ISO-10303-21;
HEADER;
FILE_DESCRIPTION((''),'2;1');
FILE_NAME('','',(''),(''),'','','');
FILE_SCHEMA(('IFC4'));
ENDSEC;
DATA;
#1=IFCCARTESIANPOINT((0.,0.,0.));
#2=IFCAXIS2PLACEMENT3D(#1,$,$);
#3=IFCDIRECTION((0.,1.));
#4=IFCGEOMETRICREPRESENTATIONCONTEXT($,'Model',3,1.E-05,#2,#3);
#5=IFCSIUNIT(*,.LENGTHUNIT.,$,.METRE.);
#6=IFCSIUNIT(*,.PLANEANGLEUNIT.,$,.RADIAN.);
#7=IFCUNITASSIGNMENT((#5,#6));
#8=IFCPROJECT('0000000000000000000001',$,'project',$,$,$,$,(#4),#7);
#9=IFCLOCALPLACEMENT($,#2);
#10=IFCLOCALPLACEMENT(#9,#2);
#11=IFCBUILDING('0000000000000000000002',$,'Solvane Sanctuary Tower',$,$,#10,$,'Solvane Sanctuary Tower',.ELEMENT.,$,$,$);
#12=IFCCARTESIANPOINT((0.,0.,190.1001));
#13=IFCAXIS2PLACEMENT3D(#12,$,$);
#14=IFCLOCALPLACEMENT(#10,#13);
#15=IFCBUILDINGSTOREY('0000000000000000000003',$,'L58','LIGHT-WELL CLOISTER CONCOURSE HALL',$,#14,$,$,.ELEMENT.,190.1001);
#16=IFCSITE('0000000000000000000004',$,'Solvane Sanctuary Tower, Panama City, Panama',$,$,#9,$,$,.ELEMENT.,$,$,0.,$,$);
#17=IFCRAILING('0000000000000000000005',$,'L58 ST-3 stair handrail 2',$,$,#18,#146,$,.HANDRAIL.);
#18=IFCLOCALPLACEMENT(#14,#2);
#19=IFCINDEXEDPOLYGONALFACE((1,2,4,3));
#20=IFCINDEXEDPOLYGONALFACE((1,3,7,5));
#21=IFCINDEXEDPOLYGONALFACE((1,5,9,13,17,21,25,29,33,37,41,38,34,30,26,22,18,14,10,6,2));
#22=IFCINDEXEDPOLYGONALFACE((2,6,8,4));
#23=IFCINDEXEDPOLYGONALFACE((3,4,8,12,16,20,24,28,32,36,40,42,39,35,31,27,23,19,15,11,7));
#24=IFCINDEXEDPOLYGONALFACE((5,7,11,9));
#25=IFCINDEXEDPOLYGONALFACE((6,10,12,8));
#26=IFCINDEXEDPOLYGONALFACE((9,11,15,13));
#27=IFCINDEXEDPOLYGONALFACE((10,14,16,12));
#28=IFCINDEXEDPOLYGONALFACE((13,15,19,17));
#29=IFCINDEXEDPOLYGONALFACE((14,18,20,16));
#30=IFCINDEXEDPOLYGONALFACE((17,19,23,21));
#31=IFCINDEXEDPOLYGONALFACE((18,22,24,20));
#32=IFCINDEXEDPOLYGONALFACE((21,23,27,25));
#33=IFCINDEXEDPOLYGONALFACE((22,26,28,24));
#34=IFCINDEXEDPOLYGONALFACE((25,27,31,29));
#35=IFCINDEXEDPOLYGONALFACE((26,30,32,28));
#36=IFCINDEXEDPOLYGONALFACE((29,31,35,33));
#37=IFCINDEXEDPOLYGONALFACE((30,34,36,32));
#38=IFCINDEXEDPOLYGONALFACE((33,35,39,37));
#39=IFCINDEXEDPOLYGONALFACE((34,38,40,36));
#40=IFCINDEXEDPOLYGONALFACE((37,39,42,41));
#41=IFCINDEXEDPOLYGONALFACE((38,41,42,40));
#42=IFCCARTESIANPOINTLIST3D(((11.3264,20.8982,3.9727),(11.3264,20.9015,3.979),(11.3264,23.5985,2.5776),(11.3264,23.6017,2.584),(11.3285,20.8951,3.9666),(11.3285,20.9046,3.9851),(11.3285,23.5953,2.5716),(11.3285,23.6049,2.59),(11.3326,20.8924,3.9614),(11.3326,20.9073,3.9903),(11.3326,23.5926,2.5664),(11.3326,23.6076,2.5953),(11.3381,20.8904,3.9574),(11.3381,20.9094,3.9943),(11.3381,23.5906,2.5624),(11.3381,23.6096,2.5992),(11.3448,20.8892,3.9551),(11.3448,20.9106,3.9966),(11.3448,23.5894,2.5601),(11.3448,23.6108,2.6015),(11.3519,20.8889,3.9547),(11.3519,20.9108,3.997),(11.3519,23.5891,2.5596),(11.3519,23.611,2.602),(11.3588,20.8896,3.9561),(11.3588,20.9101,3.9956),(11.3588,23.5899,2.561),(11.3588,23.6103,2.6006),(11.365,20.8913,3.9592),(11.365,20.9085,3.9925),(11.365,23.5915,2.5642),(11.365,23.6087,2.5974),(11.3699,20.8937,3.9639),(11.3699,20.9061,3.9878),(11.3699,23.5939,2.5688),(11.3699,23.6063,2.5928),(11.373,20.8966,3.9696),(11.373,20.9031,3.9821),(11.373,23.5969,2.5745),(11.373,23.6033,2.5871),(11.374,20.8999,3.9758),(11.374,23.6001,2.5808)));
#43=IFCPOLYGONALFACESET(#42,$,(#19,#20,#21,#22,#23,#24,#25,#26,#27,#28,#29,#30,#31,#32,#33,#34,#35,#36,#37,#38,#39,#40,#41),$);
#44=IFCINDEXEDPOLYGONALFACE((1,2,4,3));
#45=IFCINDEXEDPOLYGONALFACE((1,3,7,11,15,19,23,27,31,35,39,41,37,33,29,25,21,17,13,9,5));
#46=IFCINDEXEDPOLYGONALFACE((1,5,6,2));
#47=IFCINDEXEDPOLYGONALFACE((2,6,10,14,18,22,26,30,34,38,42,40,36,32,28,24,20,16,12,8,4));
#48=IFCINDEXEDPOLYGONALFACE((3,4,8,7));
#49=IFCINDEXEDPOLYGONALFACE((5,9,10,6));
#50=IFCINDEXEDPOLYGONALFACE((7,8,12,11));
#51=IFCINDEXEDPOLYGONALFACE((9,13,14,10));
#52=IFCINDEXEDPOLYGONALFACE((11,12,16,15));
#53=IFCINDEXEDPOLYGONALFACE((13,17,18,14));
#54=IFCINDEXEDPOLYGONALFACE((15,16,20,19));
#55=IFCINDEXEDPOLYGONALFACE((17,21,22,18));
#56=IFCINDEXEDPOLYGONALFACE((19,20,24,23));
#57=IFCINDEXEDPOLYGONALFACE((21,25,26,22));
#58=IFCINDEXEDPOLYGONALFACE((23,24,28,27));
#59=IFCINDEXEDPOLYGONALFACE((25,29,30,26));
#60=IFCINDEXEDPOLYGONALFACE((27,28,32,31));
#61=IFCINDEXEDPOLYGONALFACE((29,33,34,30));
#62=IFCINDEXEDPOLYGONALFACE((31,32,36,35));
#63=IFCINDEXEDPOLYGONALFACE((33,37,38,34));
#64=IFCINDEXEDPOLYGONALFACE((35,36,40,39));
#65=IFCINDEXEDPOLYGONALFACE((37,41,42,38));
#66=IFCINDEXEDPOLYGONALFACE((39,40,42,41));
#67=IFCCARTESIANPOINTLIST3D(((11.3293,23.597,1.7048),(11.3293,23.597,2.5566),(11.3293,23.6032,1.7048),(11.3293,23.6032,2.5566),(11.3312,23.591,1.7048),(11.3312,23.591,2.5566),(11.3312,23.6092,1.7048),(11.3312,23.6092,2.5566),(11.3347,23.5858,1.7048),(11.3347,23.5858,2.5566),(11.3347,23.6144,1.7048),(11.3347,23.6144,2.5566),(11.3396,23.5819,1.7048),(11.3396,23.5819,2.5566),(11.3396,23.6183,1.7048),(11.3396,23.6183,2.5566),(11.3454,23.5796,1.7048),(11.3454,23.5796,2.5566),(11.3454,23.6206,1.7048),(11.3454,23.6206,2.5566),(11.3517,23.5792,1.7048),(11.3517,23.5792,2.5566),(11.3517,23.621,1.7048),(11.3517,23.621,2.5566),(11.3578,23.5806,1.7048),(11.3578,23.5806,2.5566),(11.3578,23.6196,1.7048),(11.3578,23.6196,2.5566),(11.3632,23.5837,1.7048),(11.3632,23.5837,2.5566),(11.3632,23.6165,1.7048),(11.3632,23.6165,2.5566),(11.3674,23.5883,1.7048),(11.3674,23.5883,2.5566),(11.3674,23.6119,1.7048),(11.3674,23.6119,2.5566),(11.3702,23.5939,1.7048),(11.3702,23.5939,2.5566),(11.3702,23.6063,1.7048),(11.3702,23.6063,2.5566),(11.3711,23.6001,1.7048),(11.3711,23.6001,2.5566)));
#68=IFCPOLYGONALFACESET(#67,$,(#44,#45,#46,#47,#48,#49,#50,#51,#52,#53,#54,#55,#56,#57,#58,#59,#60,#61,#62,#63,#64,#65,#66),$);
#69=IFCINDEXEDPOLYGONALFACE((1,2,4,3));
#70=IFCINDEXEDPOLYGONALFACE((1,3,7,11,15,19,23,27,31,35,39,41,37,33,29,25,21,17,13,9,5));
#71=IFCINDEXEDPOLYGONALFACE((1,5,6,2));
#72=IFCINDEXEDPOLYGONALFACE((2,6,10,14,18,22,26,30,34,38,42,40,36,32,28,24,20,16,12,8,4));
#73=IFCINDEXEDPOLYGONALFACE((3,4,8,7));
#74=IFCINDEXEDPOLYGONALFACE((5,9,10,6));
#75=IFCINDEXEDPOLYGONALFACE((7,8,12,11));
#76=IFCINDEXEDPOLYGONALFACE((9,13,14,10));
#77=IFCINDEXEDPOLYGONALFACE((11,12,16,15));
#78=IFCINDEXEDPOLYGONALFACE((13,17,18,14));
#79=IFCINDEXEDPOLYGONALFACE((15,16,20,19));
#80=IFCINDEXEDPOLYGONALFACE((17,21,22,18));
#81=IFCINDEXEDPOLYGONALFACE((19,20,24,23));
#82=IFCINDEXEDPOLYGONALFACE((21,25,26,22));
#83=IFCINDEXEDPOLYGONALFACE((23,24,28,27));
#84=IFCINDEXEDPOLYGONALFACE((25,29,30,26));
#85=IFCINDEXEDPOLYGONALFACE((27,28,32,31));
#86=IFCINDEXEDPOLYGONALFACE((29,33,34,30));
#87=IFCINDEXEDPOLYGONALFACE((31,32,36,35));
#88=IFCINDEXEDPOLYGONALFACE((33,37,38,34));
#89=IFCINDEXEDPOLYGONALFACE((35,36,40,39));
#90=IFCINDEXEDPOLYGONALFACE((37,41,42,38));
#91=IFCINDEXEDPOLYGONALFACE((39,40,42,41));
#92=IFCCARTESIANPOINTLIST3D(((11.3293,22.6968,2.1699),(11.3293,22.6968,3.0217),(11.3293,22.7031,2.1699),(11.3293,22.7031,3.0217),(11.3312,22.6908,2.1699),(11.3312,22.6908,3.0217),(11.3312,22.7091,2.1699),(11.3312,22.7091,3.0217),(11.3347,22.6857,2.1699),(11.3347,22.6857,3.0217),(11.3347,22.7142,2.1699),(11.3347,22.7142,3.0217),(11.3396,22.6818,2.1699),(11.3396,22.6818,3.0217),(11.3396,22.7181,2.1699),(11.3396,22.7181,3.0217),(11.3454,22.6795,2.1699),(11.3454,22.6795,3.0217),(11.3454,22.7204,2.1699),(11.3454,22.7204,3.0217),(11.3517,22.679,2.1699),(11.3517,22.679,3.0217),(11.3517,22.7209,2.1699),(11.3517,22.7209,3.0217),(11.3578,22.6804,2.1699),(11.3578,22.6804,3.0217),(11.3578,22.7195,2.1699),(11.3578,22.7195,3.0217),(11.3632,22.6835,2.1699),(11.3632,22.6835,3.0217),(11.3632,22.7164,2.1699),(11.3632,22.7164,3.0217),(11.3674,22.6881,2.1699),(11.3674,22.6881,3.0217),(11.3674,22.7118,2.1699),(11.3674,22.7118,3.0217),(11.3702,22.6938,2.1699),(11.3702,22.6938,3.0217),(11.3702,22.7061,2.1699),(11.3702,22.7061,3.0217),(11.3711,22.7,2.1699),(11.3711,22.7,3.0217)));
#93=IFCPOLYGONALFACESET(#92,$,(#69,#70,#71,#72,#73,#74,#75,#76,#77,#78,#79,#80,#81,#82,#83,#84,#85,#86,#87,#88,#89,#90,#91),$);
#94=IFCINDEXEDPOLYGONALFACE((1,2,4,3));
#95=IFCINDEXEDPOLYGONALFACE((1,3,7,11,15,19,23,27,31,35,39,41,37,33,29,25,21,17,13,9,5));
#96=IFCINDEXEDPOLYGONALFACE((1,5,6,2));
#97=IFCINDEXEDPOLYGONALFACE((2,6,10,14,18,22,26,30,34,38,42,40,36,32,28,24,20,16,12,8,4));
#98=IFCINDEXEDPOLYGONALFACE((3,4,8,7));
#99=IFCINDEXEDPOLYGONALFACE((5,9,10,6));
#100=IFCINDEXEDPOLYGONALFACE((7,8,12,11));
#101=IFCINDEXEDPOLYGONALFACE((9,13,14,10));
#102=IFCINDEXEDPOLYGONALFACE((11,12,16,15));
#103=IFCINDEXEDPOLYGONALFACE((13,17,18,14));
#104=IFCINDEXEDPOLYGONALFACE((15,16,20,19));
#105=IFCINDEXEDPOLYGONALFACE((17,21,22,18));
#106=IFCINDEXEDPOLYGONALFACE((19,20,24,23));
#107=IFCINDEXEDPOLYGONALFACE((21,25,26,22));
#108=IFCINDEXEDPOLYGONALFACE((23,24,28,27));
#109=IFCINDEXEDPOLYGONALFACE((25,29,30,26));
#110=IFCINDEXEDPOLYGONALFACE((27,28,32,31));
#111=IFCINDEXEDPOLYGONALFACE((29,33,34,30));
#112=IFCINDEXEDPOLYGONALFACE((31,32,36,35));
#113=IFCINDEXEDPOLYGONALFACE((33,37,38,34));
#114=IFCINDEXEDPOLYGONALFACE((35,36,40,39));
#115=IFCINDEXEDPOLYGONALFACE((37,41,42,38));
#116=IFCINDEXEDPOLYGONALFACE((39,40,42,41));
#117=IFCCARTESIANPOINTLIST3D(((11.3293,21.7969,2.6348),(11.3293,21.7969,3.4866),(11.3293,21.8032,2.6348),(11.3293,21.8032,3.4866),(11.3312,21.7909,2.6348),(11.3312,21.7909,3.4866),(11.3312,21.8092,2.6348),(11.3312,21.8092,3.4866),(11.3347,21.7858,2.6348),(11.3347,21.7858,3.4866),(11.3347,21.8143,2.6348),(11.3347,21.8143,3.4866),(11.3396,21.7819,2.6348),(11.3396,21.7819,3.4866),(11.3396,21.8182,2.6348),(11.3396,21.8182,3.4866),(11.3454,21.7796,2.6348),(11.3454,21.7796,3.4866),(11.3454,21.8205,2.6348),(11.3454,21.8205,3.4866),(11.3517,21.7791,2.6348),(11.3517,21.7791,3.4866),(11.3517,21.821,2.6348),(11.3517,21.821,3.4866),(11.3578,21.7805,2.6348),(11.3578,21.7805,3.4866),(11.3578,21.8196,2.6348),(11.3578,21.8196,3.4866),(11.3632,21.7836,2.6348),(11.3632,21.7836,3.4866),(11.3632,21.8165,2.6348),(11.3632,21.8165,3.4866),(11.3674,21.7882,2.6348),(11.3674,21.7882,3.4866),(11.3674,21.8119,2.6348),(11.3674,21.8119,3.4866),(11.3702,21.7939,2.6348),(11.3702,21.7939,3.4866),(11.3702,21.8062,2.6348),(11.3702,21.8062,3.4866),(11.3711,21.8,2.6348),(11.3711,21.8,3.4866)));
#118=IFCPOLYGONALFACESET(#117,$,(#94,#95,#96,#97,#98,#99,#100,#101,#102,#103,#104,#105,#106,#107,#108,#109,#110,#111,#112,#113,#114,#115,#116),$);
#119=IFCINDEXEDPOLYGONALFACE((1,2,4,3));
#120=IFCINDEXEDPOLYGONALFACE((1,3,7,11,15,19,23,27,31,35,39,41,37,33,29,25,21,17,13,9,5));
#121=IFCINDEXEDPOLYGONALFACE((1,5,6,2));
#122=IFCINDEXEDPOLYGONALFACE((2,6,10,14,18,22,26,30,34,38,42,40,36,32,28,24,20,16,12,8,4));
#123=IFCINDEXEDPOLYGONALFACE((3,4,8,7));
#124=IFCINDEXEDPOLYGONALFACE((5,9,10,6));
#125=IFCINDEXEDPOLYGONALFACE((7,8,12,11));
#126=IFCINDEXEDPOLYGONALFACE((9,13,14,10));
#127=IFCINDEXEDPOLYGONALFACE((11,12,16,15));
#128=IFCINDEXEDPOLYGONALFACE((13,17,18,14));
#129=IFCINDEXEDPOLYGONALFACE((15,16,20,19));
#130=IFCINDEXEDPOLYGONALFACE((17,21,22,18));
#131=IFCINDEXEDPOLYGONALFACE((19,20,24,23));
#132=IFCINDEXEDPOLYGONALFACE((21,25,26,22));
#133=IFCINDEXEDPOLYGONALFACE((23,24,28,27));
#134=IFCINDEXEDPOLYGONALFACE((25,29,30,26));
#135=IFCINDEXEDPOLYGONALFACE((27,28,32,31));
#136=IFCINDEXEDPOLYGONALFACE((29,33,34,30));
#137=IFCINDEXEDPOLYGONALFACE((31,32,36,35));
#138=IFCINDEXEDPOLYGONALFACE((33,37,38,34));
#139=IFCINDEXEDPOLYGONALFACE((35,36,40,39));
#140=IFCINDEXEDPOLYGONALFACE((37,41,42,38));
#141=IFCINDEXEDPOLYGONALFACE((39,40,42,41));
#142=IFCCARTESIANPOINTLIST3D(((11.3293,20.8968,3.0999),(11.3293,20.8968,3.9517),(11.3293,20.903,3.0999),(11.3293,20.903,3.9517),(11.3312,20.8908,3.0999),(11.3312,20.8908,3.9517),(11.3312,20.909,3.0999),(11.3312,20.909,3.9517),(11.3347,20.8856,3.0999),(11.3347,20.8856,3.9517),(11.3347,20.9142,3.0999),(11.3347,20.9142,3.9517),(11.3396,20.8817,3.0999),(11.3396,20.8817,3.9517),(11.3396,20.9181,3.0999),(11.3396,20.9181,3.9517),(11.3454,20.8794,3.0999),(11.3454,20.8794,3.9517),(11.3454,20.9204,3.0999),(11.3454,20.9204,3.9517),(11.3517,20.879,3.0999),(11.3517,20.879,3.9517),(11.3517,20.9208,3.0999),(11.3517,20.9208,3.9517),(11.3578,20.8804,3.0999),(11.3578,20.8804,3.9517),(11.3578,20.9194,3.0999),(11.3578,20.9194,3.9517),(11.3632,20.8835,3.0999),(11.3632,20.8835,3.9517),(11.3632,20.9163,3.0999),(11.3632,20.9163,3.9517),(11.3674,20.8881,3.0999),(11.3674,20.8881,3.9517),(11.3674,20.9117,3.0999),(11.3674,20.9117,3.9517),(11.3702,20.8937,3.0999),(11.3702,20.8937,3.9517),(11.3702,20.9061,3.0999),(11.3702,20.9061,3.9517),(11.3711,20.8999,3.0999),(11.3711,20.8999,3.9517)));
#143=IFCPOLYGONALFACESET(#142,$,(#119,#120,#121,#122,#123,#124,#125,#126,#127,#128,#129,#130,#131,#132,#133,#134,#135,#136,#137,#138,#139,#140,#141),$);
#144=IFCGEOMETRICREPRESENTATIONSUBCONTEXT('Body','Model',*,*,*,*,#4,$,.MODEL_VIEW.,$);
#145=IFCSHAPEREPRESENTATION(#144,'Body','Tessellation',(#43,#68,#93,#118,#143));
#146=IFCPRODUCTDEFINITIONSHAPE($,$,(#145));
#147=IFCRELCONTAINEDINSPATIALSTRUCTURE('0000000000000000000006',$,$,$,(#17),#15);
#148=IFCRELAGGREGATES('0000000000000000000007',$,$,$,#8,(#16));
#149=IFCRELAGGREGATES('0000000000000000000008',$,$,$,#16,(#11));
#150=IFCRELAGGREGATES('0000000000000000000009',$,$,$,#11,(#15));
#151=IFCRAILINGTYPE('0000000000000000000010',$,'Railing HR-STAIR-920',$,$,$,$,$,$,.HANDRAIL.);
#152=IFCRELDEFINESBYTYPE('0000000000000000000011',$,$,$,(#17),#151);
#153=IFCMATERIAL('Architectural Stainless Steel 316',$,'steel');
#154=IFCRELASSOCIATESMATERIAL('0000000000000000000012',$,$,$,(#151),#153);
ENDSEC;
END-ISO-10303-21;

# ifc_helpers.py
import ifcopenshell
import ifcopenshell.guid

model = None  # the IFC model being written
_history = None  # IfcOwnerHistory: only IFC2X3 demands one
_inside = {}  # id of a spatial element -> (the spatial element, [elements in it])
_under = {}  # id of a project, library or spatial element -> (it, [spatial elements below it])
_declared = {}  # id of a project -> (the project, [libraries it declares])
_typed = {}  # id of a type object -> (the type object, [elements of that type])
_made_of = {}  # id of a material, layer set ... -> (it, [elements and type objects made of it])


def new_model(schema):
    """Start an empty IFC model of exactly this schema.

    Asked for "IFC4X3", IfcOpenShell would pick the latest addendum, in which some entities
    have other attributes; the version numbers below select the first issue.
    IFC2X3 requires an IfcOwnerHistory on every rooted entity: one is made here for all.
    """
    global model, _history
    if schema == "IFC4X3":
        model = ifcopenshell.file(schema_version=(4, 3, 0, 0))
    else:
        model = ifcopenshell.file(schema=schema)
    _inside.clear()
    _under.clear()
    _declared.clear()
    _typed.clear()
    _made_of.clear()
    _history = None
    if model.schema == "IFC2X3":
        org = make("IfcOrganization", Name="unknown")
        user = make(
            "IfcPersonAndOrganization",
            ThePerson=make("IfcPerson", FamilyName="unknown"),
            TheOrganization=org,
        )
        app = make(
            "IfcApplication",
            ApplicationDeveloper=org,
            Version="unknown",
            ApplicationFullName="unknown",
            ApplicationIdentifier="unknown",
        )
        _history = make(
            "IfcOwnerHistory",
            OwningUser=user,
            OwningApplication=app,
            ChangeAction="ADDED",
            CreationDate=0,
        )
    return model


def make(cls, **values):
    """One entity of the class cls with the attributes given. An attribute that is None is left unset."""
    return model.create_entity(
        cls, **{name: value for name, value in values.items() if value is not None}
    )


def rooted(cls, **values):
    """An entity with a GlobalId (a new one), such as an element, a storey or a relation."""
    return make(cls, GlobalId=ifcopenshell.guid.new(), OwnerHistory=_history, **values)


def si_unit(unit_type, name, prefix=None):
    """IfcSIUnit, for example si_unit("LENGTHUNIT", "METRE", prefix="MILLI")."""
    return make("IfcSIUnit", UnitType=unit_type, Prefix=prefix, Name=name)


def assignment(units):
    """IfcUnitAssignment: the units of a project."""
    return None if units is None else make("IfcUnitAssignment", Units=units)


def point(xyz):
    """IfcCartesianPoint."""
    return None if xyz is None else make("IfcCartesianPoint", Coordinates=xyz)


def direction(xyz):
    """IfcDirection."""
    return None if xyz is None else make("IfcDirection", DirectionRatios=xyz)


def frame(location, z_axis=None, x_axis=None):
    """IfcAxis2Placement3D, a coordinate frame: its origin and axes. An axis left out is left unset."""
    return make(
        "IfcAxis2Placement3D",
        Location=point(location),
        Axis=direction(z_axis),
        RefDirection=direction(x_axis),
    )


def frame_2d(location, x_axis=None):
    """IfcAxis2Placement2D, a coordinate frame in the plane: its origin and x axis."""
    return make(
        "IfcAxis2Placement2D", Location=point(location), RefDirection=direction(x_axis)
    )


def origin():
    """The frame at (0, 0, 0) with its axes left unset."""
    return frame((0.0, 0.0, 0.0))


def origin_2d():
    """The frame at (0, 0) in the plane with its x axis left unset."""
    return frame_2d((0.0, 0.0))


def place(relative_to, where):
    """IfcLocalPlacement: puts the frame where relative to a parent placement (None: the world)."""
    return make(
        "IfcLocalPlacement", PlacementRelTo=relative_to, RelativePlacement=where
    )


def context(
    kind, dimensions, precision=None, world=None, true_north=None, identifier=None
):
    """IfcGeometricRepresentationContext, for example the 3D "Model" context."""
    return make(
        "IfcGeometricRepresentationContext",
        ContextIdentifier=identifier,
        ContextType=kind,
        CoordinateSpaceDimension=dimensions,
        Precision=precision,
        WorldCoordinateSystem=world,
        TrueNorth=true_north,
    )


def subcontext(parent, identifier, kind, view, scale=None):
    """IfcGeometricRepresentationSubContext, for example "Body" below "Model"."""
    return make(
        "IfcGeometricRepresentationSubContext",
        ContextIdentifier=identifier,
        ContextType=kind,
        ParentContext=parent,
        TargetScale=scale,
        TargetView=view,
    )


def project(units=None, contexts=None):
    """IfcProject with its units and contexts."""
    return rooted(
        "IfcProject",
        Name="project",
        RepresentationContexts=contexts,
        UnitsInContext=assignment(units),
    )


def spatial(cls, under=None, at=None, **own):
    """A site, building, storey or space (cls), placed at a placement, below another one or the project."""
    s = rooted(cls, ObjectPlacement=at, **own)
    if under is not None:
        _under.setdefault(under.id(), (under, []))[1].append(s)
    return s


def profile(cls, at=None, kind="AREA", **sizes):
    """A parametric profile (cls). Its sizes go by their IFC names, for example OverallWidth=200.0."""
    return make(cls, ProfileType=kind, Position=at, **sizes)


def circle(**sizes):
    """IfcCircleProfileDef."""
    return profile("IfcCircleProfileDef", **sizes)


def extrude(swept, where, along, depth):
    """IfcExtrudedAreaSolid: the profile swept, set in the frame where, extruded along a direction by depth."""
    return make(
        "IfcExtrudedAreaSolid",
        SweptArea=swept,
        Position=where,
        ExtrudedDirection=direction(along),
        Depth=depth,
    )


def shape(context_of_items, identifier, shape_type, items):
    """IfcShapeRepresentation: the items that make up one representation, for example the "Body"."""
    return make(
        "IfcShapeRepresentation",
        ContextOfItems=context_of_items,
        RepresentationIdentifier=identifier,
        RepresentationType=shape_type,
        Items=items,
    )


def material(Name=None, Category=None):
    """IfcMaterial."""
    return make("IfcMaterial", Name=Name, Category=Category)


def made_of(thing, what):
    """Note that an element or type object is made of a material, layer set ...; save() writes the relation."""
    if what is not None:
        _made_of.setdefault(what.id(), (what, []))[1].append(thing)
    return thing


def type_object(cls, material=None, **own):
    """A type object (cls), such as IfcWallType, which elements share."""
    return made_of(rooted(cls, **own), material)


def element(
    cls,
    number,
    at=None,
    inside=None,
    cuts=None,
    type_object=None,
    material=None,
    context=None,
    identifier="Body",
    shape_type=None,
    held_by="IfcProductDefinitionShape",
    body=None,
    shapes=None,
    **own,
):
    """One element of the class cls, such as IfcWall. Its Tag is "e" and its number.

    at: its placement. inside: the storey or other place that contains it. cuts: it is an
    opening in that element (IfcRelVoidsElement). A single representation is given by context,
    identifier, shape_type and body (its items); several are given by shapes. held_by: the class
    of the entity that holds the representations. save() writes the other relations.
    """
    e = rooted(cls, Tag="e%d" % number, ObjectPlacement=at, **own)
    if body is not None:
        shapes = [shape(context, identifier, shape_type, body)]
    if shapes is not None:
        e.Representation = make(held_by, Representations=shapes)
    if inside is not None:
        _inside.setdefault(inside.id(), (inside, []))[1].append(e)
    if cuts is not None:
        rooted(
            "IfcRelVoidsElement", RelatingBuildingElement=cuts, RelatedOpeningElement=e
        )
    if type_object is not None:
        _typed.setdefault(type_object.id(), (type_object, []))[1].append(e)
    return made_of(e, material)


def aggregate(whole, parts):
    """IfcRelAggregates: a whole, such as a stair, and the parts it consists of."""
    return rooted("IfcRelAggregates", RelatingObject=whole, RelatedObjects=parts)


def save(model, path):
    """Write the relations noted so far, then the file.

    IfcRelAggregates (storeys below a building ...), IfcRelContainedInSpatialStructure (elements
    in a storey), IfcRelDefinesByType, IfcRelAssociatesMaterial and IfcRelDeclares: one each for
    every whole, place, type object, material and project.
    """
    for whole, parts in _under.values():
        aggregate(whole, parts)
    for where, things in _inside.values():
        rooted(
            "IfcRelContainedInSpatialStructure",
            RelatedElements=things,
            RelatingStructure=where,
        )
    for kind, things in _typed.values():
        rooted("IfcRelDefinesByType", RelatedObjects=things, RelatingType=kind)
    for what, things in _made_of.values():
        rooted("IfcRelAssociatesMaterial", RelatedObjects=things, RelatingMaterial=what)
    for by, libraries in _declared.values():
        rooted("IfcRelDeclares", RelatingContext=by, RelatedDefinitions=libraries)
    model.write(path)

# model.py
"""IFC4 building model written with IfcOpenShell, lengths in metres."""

from ifc_helpers import new_model, si_unit, direction, frame, origin, origin_2d, place, context, subcontext, project, spatial, circle, extrude, material, type_object, element, save


model = new_model("IFC4")

# Units and contexts
model_context = context("Model", 3, precision=1e-05, world=origin(), true_north=direction((0.0, 1.0)))
body_context = subcontext(model_context, "Body", "Model", "MODEL_VIEW")
ifc_project = project(units=[si_unit("LENGTHUNIT", "METRE"), si_unit("PLANEANGLEUNIT", "RADIAN")], contexts=[model_context])

# Site, building, storey
site_placement = place(None, origin())
site = spatial("IfcSite", under=ifc_project, at=site_placement, Name="Solvane Sanctuary Tower, Panama City, Panama", CompositionType="ELEMENT", RefElevation=0.0)
building_placement = place(site_placement, origin())
building = spatial("IfcBuilding", under=site, at=building_placement, Name="Solvane Sanctuary Tower", LongName="Solvane Sanctuary Tower", CompositionType="ELEMENT")
storey_placement = place(building_placement, frame((0.0, 0.0, 190.1001)))
storey = spatial("IfcBuildingStorey", under=building, at=storey_placement, Name="L58", Description="LIGHT-WELL CLOISTER CONCOURSE HALL", CompositionType="ELEMENT", Elevation=190.1001)

# Railing
ifc_material_1 = material(Name="Architectural Stainless Steel 316", Category="steel")
railing_type_1 = type_object("IfcRailingType", Name="Railing HR-STAIR-920", PredefinedType="HANDRAIL", material=ifc_material_1)
railing_1_placement = place(storey_placement, frame((11.3501, 23.6001, 1.7048)))
element("IfcRailing", 1, at=railing_1_placement, inside=storey, type_object=railing_type_1, Name="L58 ST-3 stair handrail 2", PredefinedType="HANDRAIL", context=body_context, shape_type="SweptSolid", body=[
    extrude(circle(Radius=0.0239, at=origin_2d()), frame((0.0, 0.0, 0.876), z_axis=(0.0, -0.888437, 0.458999), x_axis=(1.0, 0.0, 0.0)), (0.0, 0.0, 1.0), 3.0393),
    extrude(circle(Radius=0.021, at=origin_2d()), origin(), (0.0, 0.0, 1.0), 0.8518),
    extrude(circle(Radius=0.021, at=origin_2d()), frame((0.0, -0.9001, 0.4651)), (0.0, 0.0, 1.0), 0.8518),
    extrude(circle(Radius=0.021, at=origin_2d()), frame((0.0, -1.8, 0.9299)), (0.0, 0.0, 1.0), 0.8518),
    extrude(circle(Radius=0.021, at=origin_2d()), frame((0.0, -2.7002, 1.395)), (0.0, 0.0, 1.0), 0.8518),
])

save(model, "model.ifc")
